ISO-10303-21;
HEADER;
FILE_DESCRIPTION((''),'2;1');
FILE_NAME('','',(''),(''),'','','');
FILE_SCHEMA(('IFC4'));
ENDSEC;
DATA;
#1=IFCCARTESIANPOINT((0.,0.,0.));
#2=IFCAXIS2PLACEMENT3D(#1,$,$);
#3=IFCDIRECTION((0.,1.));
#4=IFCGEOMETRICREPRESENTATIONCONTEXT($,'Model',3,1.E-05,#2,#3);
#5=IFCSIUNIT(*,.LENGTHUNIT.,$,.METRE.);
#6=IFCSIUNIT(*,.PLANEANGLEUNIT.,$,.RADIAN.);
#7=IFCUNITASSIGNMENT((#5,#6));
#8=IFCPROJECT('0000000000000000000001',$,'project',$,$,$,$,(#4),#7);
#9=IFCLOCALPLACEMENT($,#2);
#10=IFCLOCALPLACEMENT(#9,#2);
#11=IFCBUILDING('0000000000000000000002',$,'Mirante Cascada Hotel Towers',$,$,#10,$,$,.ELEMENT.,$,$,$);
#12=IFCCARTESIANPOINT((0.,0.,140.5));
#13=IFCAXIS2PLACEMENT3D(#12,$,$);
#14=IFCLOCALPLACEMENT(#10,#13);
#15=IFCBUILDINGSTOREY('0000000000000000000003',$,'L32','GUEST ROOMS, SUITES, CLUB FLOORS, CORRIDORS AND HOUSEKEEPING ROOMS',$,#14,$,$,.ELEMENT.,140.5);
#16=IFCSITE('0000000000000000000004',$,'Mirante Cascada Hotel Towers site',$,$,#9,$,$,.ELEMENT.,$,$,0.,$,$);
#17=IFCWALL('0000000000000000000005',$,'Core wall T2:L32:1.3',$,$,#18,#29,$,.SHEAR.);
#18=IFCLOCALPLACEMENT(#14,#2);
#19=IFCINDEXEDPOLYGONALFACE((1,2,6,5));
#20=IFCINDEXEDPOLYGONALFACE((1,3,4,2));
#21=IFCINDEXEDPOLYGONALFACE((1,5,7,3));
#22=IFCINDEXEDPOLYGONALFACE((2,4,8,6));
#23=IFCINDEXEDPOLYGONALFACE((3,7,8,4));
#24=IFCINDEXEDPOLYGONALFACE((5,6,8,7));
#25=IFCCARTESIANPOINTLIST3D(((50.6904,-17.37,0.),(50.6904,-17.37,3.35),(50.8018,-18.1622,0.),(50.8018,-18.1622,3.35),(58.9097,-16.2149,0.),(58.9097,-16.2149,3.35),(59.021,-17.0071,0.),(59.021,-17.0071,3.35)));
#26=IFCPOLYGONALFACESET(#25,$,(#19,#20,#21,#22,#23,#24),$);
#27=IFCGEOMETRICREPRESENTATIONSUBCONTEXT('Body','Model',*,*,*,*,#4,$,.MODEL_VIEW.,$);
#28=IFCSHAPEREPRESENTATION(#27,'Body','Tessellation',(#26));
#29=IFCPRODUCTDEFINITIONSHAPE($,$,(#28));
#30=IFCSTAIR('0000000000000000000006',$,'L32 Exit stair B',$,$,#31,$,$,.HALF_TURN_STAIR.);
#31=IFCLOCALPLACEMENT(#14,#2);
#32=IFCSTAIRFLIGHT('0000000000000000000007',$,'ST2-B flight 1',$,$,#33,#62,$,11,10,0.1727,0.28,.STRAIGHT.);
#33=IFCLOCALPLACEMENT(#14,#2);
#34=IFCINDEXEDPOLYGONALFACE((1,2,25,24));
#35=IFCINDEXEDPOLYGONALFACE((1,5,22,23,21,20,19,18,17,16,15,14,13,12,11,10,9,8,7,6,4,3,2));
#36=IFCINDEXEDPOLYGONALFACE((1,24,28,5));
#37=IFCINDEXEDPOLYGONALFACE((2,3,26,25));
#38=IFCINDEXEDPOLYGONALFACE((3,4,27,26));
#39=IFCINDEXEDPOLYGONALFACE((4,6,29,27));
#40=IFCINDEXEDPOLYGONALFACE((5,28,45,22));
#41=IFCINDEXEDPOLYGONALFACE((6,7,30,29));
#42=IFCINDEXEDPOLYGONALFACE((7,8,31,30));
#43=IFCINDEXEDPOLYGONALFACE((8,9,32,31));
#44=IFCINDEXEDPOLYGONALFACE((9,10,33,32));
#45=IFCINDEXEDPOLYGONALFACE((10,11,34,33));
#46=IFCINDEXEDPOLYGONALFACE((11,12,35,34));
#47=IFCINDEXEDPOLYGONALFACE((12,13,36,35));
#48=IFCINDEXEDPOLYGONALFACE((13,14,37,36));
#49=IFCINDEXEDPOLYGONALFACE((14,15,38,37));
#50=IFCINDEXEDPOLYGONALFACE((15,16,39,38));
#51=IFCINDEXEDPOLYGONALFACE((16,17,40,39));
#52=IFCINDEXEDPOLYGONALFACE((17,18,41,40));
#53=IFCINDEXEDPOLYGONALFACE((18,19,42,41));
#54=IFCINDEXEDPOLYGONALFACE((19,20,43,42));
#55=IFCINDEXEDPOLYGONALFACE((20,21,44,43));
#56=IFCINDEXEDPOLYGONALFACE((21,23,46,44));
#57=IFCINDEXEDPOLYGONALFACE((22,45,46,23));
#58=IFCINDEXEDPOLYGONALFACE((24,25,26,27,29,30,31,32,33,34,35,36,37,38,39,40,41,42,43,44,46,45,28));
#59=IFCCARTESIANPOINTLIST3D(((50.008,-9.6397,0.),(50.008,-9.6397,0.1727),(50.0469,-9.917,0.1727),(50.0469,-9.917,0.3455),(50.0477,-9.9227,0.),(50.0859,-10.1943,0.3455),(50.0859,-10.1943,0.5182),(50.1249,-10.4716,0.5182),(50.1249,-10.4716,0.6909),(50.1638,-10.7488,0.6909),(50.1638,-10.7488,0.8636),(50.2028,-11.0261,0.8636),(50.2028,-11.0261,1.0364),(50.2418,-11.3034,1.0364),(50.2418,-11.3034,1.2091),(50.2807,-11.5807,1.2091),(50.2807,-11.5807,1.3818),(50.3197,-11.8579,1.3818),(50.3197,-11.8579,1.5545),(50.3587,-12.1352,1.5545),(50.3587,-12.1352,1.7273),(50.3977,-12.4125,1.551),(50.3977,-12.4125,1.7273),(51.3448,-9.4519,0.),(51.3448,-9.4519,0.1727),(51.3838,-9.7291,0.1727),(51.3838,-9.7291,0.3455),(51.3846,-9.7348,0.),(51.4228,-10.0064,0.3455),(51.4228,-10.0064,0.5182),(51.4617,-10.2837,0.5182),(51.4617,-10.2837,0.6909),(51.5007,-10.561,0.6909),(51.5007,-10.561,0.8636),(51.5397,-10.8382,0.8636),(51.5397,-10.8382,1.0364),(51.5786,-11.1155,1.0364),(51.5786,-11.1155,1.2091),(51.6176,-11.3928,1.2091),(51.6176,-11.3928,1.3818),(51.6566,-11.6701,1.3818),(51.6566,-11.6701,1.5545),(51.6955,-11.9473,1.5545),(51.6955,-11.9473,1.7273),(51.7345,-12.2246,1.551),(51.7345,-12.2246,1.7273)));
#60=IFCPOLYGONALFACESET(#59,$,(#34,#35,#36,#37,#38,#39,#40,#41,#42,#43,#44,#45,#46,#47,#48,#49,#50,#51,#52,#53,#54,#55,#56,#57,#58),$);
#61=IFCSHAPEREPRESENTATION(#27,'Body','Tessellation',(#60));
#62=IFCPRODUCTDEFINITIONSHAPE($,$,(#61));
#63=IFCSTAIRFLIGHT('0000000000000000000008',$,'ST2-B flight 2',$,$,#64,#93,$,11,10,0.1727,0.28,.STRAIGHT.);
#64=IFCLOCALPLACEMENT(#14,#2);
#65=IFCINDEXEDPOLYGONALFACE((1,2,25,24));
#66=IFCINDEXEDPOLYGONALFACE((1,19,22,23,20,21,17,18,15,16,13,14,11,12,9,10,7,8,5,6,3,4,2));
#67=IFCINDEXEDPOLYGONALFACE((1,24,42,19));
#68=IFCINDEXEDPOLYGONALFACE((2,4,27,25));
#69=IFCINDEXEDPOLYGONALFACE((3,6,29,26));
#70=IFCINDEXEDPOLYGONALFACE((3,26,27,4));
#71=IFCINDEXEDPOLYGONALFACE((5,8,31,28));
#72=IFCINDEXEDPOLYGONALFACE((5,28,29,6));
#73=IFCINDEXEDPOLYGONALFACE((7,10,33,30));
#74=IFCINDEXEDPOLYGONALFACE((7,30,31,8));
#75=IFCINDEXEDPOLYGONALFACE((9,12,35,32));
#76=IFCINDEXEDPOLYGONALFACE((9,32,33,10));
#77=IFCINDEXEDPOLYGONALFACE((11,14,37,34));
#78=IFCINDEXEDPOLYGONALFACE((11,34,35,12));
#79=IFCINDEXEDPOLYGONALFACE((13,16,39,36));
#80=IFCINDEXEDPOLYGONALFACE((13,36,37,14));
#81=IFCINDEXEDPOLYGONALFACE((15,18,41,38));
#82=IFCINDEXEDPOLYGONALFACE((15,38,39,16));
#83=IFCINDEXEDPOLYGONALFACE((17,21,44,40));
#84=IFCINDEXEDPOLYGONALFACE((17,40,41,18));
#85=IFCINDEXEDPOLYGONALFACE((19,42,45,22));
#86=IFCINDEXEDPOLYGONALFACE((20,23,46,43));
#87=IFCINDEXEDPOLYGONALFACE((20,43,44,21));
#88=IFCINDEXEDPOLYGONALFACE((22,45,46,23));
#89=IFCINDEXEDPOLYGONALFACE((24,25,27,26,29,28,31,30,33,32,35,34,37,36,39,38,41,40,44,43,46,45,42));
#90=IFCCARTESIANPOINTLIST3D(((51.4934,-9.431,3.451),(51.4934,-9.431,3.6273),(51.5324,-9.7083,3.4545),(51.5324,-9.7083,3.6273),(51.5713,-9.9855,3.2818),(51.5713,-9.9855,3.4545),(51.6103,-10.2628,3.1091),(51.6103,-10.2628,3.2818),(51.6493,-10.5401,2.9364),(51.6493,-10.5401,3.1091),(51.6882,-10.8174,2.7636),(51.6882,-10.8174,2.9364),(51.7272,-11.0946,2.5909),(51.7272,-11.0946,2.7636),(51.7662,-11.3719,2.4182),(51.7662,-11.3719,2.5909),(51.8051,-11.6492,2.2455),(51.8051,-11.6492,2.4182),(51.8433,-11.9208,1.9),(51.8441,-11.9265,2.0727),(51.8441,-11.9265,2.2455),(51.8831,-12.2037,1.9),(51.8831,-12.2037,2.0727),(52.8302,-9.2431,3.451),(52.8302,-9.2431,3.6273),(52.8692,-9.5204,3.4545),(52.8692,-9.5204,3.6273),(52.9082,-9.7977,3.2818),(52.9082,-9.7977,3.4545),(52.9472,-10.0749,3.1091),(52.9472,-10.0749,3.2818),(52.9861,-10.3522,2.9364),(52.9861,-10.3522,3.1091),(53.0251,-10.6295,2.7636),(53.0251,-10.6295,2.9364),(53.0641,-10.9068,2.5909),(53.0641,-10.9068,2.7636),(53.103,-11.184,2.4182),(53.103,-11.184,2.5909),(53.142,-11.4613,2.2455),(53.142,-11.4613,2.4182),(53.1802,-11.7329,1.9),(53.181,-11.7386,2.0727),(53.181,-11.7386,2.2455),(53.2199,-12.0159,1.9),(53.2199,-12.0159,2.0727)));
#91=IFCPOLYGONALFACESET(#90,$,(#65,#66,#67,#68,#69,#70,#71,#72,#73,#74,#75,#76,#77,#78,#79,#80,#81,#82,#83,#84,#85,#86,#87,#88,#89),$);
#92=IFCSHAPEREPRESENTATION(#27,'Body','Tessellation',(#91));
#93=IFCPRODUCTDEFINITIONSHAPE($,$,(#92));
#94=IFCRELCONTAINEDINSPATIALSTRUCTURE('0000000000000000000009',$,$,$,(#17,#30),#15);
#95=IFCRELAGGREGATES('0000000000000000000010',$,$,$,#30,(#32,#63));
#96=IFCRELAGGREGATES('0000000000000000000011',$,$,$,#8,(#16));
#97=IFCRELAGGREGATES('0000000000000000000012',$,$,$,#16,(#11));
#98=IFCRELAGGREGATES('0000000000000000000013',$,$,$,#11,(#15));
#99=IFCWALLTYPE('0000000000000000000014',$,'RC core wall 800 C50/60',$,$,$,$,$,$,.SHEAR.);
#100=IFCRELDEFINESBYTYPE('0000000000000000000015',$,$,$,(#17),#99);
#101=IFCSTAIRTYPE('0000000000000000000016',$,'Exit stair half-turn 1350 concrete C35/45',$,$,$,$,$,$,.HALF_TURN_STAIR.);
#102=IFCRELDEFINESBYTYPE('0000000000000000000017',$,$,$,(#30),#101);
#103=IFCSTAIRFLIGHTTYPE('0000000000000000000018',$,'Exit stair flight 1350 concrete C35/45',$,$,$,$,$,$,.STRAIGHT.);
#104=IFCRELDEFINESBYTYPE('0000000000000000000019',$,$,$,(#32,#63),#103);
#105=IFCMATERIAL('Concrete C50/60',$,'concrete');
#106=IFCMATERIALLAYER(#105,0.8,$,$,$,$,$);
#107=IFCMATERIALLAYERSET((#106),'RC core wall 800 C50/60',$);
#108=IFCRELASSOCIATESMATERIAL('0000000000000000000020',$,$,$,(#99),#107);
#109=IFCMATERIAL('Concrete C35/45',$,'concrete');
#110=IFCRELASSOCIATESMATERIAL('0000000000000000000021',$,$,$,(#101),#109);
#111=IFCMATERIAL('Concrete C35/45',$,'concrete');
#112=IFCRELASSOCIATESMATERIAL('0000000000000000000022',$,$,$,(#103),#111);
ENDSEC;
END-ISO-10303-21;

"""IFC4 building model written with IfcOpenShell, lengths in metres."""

from ifc_helpers import new_model, si_unit, direction, frame, frame_2d, origin, place, context, subcontext, project, spatial, polyline, rectangle, outline, extrude, material, layer, layer_set, type_object, element, aggregate, save


model = new_model("IFC4")

# Units and contexts
model_context = context("Model", 3, precision=1e-05, world=origin(), true_north=direction((0.0, 1.0)))
body_context = subcontext(model_context, "Body", "Model", "MODEL_VIEW")
ifc_project = project(units=[si_unit("LENGTHUNIT", "METRE"), si_unit("PLANEANGLEUNIT", "RADIAN")], contexts=[model_context])

# Site, building, storey
site_placement = place(None, origin())
site = spatial("IfcSite", under=ifc_project, at=site_placement, Name="Mirante Cascada Hotel Towers site", CompositionType="ELEMENT", RefElevation=0.0)
building_placement = place(site_placement, origin())
building = spatial("IfcBuilding", under=site, at=building_placement, Name="Mirante Cascada Hotel Towers", CompositionType="ELEMENT")
storey_placement = place(building_placement, frame((0.0, 0.0, 140.5)))
storey = spatial("IfcBuildingStorey", under=building, at=storey_placement, Name="L32", Description="GUEST ROOMS, SUITES, CLUB FLOORS, CORRIDORS AND HOUSEKEEPING ROOMS", CompositionType="ELEMENT", Elevation=140.5)

# Wall
ifc_material_1 = material(Name="Concrete C50/60", Category="concrete")
ifc_layer_1 = layer(ifc_material_1, 0.8)
ifc_layer_set_1 = layer_set([ifc_layer_1], Name="RC core wall 800 C50/60")
wall_type_1 = type_object("IfcWallType", Name="RC core wall 800 C50/60", PredefinedType="SHEAR", material=ifc_layer_set_1)
wall_1_placement = place(storey_placement, frame((50.7461, -17.7661, 0.0), z_axis=(0.0, 0.0, 1.0), x_axis=(0.990269, 0.139169, 0.0)))
element("IfcWall", 1, at=wall_1_placement, inside=storey, type_object=wall_type_1, Name="Core wall T2:L32:1.3", PredefinedType="SHEAR", context=body_context, shape_type="SweptSolid", body=[
    extrude(rectangle(XDim=8.3, YDim=0.8, at=frame_2d((4.15, 0.0))), origin(), (0.0, 0.0, 1.0), 3.35),
])

# Stair, stair flights
ifc_material_2 = material(Name="Concrete C35/45", Category="concrete")
stair_type = type_object("IfcStairType", Name="Exit stair half-turn 1350 concrete C35/45", PredefinedType="HALF_TURN_STAIR", material=ifc_material_2)
stair_placement = place(storey_placement, origin())
stair = element("IfcStair", 2, at=stair_placement, inside=storey, type_object=stair_type, Name="L32 Exit stair B", PredefinedType="HALF_TURN_STAIR")
ifc_material_3 = material(Name="Concrete C35/45", Category="concrete")
stair_flight_type = type_object("IfcStairFlightType", Name="Exit stair flight 1350 concrete C35/45", PredefinedType="STRAIGHT", material=ifc_material_3)
stair_flight_1_placement = place(storey_placement, frame((50.6764, -9.5458, 0.0), z_axis=(0.0, 0.0, 1.0), x_axis=(0.139173, -0.990268, 0.0)))
stair_flight_1 = element("IfcStairFlight", 3, at=stair_flight_1_placement, type_object=stair_flight_type, Name="ST2-B flight 1", NumberOfRisers=11, NumberOfTreads=10, PredefinedType="STRAIGHT", RiserHeight=0.1727, TreadLength=0.28, context=body_context, shape_type="SweptSolid", body=[
    extrude(outline(polyline([(0.0, 0.0), (0.0, 0.1727), (0.28, 0.1727), (0.28, 0.3455), (0.56, 0.3455), (0.56, 0.5182), (0.84, 0.5182), (0.84, 0.6909), (1.12, 0.6909), (1.12, 0.8636), (1.4, 0.8636), (1.4, 1.0364), (1.68, 1.0364), (1.68, 1.2091), (1.96, 1.2091), (1.96, 1.3818), (2.24, 1.3818), (2.24, 1.5545), (2.52, 1.5545), (2.52, 1.7273), (2.8, 1.7273), (2.8, 1.9), (2.8, 1.551), (0.2857, 0.0), (0.0, 0.0)])), frame((0.0, 0.675, 0.0), z_axis=(0.0, -1.0, 0.0), x_axis=(1.0, 0.0, 0.0)), (0.0, 0.0, 1.0), 1.35),
])
stair_flight_2_placement = place(storey_placement, frame((52.5515, -12.1098, 1.9), z_axis=(0.0, 0.0, 1.0), x_axis=(-0.139173, 0.990268, 0.0)))
stair_flight_2 = element("IfcStairFlight", 4, at=stair_flight_2_placement, type_object=stair_flight_type, Name="ST2-B flight 2", NumberOfRisers=11, NumberOfTreads=10, PredefinedType="STRAIGHT", RiserHeight=0.1727, TreadLength=0.28, context=body_context, shape_type="SweptSolid", body=[
    extrude(outline(polyline([(0.0, 0.0), (0.0, 0.1727), (0.28, 0.1727), (0.28, 0.3455), (0.56, 0.3455), (0.56, 0.5182), (0.84, 0.5182), (0.84, 0.6909), (1.12, 0.6909), (1.12, 0.8636), (1.4, 0.8636), (1.4, 1.0364), (1.68, 1.0364), (1.68, 1.2091), (1.96, 1.2091), (1.96, 1.3818), (2.24, 1.3818), (2.24, 1.5545), (2.52, 1.5545), (2.52, 1.7273), (2.8, 1.7273), (2.8, 1.9), (2.8, 1.551), (0.2857, 0.0), (0.0, 0.0)])), frame((0.0, 0.675, 0.0), z_axis=(0.0, -1.0, 0.0), x_axis=(1.0, 0.0, 0.0)), (0.0, 0.0, 1.0), 1.35),
])
aggregate(stair, [stair_flight_1, stair_flight_2])

save(model, "model.ifc")
